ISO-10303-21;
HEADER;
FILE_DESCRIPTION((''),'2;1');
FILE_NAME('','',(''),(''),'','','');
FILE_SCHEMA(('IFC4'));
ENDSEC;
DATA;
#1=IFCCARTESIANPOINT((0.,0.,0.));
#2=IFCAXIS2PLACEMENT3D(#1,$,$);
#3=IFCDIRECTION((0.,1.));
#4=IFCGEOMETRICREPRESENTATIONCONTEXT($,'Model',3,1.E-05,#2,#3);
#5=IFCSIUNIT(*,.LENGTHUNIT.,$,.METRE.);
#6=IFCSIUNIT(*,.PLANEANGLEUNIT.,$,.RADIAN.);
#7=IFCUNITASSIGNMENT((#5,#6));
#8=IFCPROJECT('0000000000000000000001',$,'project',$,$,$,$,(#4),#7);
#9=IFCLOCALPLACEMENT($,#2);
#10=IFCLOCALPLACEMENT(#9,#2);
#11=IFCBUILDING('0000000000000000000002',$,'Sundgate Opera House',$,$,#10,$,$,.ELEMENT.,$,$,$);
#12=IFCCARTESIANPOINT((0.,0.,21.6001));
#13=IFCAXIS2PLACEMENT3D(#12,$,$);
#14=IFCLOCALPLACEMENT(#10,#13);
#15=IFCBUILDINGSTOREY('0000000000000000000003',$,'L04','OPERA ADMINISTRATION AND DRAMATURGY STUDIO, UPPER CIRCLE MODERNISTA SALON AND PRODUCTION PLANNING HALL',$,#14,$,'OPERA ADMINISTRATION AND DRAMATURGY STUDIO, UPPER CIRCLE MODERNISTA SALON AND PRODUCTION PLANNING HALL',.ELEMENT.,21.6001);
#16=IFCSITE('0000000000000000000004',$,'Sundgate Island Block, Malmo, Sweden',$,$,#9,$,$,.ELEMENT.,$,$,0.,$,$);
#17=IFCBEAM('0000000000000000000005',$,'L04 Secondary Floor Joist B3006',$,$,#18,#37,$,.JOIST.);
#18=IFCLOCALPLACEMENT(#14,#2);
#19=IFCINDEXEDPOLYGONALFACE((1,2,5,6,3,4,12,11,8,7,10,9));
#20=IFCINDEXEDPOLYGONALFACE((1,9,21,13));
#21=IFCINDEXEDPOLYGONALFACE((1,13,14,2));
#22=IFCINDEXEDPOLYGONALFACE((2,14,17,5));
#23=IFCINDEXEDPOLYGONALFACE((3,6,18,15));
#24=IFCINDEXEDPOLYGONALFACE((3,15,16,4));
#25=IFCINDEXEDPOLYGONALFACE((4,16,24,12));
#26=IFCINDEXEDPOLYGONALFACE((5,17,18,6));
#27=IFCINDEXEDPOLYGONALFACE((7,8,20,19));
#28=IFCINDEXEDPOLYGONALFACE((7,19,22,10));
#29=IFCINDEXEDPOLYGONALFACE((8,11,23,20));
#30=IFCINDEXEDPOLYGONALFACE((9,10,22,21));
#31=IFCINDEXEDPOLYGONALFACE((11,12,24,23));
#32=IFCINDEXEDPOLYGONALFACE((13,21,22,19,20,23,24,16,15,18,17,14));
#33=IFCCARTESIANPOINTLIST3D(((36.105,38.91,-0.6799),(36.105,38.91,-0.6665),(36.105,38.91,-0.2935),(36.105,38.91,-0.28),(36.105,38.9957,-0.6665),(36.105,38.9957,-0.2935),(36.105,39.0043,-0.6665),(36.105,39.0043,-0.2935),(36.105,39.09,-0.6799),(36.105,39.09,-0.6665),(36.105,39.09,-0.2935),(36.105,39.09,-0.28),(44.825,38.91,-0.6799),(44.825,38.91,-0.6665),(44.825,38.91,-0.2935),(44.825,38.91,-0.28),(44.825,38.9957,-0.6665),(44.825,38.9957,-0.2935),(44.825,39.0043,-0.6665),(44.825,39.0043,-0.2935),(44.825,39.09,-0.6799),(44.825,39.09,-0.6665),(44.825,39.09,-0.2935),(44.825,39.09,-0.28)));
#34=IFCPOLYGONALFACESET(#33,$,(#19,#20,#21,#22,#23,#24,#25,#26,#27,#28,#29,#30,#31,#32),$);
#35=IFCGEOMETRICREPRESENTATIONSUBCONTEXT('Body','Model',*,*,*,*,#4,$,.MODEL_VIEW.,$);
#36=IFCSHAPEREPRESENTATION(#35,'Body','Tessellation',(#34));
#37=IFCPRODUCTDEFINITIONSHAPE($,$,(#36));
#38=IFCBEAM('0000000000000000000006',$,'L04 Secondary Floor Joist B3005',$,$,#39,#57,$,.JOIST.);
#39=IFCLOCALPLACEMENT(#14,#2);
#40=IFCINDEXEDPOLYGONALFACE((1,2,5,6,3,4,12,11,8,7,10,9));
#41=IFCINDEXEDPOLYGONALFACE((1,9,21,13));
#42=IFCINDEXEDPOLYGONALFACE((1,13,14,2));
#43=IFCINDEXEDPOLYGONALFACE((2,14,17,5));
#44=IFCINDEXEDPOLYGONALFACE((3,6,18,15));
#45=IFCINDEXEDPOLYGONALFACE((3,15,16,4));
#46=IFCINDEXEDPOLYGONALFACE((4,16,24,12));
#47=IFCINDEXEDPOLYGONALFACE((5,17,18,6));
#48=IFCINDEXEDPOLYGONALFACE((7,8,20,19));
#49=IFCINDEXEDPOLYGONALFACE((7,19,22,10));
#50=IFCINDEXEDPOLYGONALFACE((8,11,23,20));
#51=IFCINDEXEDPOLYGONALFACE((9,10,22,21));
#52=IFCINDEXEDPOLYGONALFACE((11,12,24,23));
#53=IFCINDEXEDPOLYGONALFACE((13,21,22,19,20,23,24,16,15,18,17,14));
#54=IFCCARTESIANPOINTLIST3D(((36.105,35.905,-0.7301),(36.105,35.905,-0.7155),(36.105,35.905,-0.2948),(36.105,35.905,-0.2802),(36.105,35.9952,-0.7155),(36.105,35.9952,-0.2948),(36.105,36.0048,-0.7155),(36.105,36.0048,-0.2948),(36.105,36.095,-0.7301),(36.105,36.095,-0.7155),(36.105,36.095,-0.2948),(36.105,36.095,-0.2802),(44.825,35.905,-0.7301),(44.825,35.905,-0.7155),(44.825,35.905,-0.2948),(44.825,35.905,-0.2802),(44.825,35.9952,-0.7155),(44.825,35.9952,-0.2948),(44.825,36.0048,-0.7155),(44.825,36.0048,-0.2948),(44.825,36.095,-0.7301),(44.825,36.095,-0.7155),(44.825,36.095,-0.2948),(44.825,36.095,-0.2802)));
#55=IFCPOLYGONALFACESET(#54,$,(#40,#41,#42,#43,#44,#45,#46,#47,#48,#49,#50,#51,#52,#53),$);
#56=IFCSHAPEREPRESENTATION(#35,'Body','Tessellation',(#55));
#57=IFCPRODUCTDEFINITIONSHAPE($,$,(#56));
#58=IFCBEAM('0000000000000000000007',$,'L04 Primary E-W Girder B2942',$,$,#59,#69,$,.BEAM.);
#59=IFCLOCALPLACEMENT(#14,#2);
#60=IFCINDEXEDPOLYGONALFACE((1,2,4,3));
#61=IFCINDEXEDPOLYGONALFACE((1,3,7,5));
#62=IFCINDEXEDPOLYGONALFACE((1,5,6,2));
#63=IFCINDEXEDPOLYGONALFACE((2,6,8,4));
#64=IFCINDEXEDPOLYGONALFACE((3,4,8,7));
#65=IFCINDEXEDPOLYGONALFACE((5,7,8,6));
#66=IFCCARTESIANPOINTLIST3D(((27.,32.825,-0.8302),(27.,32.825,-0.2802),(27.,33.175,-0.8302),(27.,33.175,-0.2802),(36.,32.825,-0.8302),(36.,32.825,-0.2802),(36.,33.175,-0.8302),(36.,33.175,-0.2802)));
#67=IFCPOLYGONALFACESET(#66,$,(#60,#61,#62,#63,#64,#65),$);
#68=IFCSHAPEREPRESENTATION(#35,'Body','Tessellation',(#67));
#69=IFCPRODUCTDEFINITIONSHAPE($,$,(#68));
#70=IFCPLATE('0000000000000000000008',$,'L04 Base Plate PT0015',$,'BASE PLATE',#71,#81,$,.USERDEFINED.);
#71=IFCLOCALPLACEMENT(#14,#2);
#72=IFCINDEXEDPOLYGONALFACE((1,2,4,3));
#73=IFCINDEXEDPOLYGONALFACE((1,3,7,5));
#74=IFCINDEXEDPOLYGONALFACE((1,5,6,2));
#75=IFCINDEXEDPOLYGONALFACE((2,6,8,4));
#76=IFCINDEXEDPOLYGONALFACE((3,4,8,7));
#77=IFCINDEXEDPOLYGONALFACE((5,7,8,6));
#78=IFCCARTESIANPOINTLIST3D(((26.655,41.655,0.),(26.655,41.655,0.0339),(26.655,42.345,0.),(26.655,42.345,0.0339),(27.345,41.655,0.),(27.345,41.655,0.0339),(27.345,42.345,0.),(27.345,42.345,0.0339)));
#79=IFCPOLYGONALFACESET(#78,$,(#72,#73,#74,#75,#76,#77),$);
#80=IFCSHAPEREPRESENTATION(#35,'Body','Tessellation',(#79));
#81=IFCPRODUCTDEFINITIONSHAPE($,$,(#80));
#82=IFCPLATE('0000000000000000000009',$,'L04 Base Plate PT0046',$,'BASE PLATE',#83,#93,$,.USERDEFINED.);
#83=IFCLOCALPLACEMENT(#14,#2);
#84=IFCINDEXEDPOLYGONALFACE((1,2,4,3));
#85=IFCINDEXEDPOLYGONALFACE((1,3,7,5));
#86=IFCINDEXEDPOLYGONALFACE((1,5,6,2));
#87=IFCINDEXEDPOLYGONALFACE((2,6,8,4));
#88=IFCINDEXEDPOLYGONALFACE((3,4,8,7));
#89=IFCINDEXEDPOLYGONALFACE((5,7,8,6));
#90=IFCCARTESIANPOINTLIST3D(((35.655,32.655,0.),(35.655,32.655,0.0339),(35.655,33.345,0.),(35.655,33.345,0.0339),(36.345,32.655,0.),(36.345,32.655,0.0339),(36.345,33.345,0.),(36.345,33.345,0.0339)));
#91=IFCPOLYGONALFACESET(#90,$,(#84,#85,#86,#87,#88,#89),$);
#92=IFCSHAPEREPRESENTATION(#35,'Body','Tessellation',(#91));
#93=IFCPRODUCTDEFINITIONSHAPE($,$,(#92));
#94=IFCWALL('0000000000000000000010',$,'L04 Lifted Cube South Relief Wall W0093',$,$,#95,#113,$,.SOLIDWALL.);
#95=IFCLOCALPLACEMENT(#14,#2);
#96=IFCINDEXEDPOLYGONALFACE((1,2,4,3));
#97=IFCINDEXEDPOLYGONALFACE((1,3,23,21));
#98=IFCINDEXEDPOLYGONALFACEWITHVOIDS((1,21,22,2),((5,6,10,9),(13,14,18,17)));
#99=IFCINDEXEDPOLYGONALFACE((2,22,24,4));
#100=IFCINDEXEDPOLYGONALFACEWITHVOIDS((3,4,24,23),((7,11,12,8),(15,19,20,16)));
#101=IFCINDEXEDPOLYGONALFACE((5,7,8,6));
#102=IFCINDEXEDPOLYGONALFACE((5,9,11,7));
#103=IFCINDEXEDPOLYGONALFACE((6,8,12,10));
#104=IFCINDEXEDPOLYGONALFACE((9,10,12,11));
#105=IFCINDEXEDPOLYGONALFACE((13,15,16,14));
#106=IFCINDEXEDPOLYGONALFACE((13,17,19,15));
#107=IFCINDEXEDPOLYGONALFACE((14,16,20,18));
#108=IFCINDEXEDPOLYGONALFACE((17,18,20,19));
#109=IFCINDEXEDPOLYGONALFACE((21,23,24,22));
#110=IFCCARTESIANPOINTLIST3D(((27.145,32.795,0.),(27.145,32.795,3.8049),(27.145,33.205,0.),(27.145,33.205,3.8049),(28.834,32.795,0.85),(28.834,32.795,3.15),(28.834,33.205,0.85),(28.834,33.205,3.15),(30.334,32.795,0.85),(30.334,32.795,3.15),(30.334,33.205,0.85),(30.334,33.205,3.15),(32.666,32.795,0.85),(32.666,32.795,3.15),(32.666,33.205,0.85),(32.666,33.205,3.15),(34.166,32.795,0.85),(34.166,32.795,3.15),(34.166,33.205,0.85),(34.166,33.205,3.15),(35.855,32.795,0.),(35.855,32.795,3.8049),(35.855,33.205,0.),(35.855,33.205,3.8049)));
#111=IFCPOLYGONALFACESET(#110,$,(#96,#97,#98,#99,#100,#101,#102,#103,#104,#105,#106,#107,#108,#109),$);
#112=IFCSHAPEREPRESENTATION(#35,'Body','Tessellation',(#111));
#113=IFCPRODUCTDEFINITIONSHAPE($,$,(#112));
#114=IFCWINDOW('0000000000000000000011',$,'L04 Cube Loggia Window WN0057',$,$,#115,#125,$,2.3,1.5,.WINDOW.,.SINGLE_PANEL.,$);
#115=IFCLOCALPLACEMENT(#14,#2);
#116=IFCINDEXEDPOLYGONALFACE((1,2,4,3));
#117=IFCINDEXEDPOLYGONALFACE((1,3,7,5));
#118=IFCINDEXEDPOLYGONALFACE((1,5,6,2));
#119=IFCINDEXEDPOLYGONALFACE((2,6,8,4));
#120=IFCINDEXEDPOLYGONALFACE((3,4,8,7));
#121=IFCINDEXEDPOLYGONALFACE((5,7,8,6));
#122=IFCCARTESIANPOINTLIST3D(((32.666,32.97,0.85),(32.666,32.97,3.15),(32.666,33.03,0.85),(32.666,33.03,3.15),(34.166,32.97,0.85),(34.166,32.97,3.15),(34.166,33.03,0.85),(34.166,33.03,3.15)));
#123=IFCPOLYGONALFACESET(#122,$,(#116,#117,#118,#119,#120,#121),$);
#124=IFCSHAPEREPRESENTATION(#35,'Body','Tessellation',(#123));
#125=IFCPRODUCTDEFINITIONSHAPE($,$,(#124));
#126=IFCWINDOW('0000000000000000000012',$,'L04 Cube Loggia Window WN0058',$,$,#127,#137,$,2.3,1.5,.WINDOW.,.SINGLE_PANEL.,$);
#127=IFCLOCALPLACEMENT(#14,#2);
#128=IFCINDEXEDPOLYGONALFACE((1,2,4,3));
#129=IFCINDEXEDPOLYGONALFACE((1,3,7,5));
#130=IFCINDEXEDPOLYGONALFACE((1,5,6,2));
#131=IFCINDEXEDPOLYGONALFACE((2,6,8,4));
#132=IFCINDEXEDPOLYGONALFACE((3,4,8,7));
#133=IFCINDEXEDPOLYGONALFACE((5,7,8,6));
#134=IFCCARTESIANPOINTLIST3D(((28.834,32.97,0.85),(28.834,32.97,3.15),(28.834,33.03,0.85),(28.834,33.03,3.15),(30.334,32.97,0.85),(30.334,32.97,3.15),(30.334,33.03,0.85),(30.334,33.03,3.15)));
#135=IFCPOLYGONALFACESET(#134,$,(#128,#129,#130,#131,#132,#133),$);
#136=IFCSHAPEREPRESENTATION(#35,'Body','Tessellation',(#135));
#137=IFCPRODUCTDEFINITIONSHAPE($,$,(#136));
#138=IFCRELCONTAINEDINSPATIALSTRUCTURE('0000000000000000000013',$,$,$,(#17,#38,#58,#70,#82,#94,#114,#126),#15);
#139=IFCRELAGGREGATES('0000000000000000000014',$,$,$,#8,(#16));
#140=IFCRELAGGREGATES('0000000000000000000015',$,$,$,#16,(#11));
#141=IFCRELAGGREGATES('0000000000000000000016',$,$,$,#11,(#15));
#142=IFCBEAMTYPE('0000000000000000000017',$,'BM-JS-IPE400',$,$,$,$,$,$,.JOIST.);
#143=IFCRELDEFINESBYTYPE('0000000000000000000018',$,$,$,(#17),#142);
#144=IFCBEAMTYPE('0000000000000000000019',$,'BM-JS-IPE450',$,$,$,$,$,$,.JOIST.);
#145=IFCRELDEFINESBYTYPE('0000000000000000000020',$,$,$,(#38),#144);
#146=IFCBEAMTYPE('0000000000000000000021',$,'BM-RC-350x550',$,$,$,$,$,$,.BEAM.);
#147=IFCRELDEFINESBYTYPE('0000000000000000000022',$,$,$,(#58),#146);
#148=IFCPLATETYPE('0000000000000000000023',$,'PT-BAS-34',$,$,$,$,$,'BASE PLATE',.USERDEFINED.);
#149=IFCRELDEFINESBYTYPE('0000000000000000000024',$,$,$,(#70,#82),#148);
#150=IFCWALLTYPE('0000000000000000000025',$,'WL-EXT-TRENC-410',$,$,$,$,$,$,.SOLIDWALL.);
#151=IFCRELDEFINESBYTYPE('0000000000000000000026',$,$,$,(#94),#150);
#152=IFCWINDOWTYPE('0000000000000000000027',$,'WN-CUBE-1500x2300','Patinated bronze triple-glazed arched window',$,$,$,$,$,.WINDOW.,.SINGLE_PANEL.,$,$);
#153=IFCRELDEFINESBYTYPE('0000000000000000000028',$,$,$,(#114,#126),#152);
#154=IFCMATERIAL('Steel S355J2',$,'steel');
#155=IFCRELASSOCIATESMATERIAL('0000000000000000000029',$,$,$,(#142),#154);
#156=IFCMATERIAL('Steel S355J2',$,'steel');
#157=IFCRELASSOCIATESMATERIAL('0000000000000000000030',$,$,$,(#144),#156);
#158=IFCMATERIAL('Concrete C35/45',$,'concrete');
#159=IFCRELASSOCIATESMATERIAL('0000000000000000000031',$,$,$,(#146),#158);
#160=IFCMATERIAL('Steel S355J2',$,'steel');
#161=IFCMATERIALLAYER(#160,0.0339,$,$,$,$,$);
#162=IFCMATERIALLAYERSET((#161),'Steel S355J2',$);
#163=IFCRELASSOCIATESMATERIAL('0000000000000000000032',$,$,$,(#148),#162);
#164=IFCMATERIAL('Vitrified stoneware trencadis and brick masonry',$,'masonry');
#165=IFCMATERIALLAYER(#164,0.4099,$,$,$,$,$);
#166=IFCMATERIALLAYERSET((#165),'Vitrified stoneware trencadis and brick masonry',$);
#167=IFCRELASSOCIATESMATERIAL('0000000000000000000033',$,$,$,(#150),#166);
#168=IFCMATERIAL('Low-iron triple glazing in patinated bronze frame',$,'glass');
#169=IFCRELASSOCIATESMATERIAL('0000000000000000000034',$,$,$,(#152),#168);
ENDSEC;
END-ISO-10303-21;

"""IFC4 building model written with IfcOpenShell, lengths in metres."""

from ifc_helpers import new_model, si_unit, direction, frame, frame_2d, origin, origin_2d, place, context, subcontext, project, spatial, rectangle, i_section, extrude, material, layer, layer_set, material_profile, profile_set, type_object, element, fill, save


model = new_model("IFC4")

# Units and contexts
model_context = context("Model", 3, precision=1e-05, world=origin(), true_north=direction((0.0, 1.0)))
body_context = subcontext(model_context, "Body", "Model", "MODEL_VIEW")
ifc_project = project(units=[si_unit("LENGTHUNIT", "METRE"), si_unit("PLANEANGLEUNIT", "RADIAN")], contexts=[model_context])

# Site, building, storey
site_placement = place(None, origin())
site = spatial("IfcSite", under=ifc_project, at=site_placement, Name="Sundgate Island Block, Malmo, Sweden", CompositionType="ELEMENT", RefElevation=0.0)
building_placement = place(site_placement, origin())
building = spatial("IfcBuilding", under=site, at=building_placement, Name="Sundgate Opera House", CompositionType="ELEMENT")
storey_placement = place(building_placement, frame((0.0, 0.0, 21.6001)))
storey = spatial("IfcBuildingStorey", under=building, at=storey_placement, Name="L04", Description="OPERA ADMINISTRATION AND DRAMATURGY STUDIO, UPPER CIRCLE MODERNISTA SALON AND PRODUCTION PLANNING HALL", LongName="OPERA ADMINISTRATION AND DRAMATURGY STUDIO, UPPER CIRCLE MODERNISTA SALON AND PRODUCTION PLANNING HALL", CompositionType="ELEMENT", Elevation=21.6001)

# Beams
ifc_material_1 = material(Name="Steel S355J2", Category="steel")
ifc_material_profile_1 = material_profile(ifc_material_1, i_section(OverallWidth=0.1799, OverallDepth=0.3999, WebThickness=0.0085, FlangeThickness=0.0134, at=origin_2d()), Name="IPE 400")
ifc_profile_set_1 = profile_set([ifc_material_profile_1], Name="Steel S355J2")
beam_type_1 = type_object("IfcBeamType", Name="BM-JS-IPE400", PredefinedType="JOIST", material=ifc_profile_set_1)
beam_1_placement = place(storey_placement, frame((36.105, 39.0, -0.48), z_axis=(1.0, 0.0, 0.0), x_axis=(0.0, 1.0, 0.0)))
element("IfcBeam", 1, at=beam_1_placement, inside=storey, type_object=beam_type_1, Name="L04 Secondary Floor Joist B3006", PredefinedType="JOIST", context=body_context, shape_type="SweptSolid", body=[
    extrude(i_section(OverallWidth=0.1799, OverallDepth=0.3999, WebThickness=0.0085, FlangeThickness=0.0134, at=origin_2d()), origin(), (0.0, 0.0, 1.0), 8.72),
])
ifc_material_2 = material(Name="Steel S355J2", Category="steel")
ifc_material_profile_2 = material_profile(ifc_material_2, i_section(OverallWidth=0.1899, OverallDepth=0.45, WebThickness=0.0095, FlangeThickness=0.0146, at=origin_2d()), Name="IPE 450")
ifc_profile_set_2 = profile_set([ifc_material_profile_2], Name="Steel S355J2")
beam_type_2 = type_object("IfcBeamType", Name="BM-JS-IPE450", PredefinedType="JOIST", material=ifc_profile_set_2)
beam_2_placement = place(storey_placement, frame((36.105, 36.0, -0.5051), z_axis=(1.0, 0.0, 0.0), x_axis=(0.0, 1.0, 0.0)))
element("IfcBeam", 2, at=beam_2_placement, inside=storey, type_object=beam_type_2, Name="L04 Secondary Floor Joist B3005", PredefinedType="JOIST", context=body_context, shape_type="SweptSolid", body=[
    extrude(i_section(OverallWidth=0.1899, OverallDepth=0.45, WebThickness=0.0095, FlangeThickness=0.0146, at=origin_2d()), origin(), (0.0, 0.0, 1.0), 8.72),
])
ifc_material_3 = material(Name="Concrete C35/45", Category="concrete")
ifc_material_profile_3 = material_profile(ifc_material_3, rectangle(XDim=0.3501, YDim=0.55, at=origin_2d()), Name="RC 350x550")
ifc_profile_set_3 = profile_set([ifc_material_profile_3], Name="Concrete C35/45")
beam_type_3 = type_object("IfcBeamType", Name="BM-RC-350x550", PredefinedType="BEAM", material=ifc_profile_set_3)
beam_3_placement = place(storey_placement, frame((27.0, 33.0, -0.5552), z_axis=(1.0, 0.0, 0.0), x_axis=(0.0, 1.0, 0.0)))
element("IfcBeam", 3, at=beam_3_placement, inside=storey, type_object=beam_type_3, Name="L04 Primary E-W Girder B2942", PredefinedType="BEAM", context=body_context, shape_type="SweptSolid", body=[
    extrude(rectangle(XDim=0.3501, YDim=0.55, at=origin_2d()), origin(), (0.0, 0.0, 1.0), 9.0),
])

# Plates
ifc_material_4 = material(Name="Steel S355J2", Category="steel")
ifc_layer_1 = layer(ifc_material_4, 0.0339)
ifc_layer_set_1 = layer_set([ifc_layer_1], Name="Steel S355J2")
plate_type = type_object("IfcPlateType", Name="PT-BAS-34", ElementType="BASE PLATE", PredefinedType="USERDEFINED", material=ifc_layer_set_1)
for number, where, z_axis, x_axis, name in (
    (4, (27.0, 42.0, 0.0), (0.0, 0.0, 1.0), (1.0, 0.0, 0.0), "L04 Base Plate PT0015"),
    (5, (36.0, 33.0, 0.0), (0.0, 0.0, 1.0), (1.0, 0.0, 0.0), "L04 Base Plate PT0046"),
):
    element("IfcPlate", number, at=place(storey_placement, frame(where, z_axis=z_axis, x_axis=x_axis)), inside=storey, type_object=plate_type, Name=name, ObjectType="BASE PLATE", PredefinedType="USERDEFINED", context=body_context, shape_type="SweptSolid", body=[
        extrude(rectangle(XDim=0.6899, YDim=0.6899, at=origin_2d()), origin(), (0.0, 0.0, 1.0), 0.0339),
    ])

# Wall, openings, windows
ifc_material_5 = material(Name="Vitrified stoneware trencadis and brick masonry", Category="masonry")
ifc_layer_2 = layer(ifc_material_5, 0.4099)
ifc_layer_set_2 = layer_set([ifc_layer_2], Name="Vitrified stoneware trencadis and brick masonry")
wall_type = type_object("IfcWallType", Name="WL-EXT-TRENC-410", PredefinedType="SOLIDWALL", material=ifc_layer_set_2)
wall_1_placement = place(storey_placement, frame((35.855, 33.0, 0.0), z_axis=(0.0, 0.0, 1.0), x_axis=(-1.0, 0.0, 0.0)))
wall_1 = element("IfcWall", 6, at=wall_1_placement, inside=storey, type_object=wall_type, Name="L04 Lifted Cube South Relief Wall W0093", PredefinedType="SOLIDWALL", context=body_context, shape_type="SweptSolid", body=[
    extrude(rectangle(XDim=8.71, YDim=0.4099, at=frame_2d((4.355, 0.0))), origin(), (0.0, 0.0, 1.0), 3.8049),
])
opening_1_placement = place(wall_1_placement, frame((1.689, 0.0, 0.8501)))
opening_1 = element("IfcOpeningElement", 7, at=opening_1_placement, cuts=wall_1, PredefinedType="OPENING", context=body_context, shape_type="SweptSolid", body=[
    extrude(rectangle(XDim=1.5, YDim=2.3, at=frame_2d((0.75, 1.1499))), frame((0.0, 0.2148, 0.0), z_axis=(0.0, -1.0, 0.0), x_axis=(1.0, 0.0, 0.0)), (0.0, 0.0, 1.0), 0.4299),
])
opening_2_placement = place(wall_1_placement, frame((5.521, 0.0, 0.8501)))
opening_2 = element("IfcOpeningElement", 8, at=opening_2_placement, cuts=wall_1, PredefinedType="OPENING", context=body_context, shape_type="SweptSolid", body=[
    extrude(rectangle(XDim=1.5, YDim=2.3, at=frame_2d((0.75, 1.1499))), frame((0.0, 0.2148, 0.0), z_axis=(0.0, -1.0, 0.0), x_axis=(1.0, 0.0, 0.0)), (0.0, 0.0, 1.0), 0.4299),
])
ifc_material_6 = material(Name="Low-iron triple glazing in patinated bronze frame", Category="glass")
window_type = type_object("IfcWindowType", Name="WN-CUBE-1500x2300", Description="Patinated bronze triple-glazed arched window", PartitioningType="SINGLE_PANEL", PredefinedType="WINDOW", material=ifc_material_6)
window_1_placement = place(opening_1_placement, origin())
window_1 = element("IfcWindow", 9, at=window_1_placement, inside=storey, type_object=window_type, Name="L04 Cube Loggia Window WN0057", OverallHeight=2.3, OverallWidth=1.5, PartitioningType="SINGLE_PANEL", PredefinedType="WINDOW", context=body_context, shape_type="SweptSolid", body=[
    extrude(rectangle(XDim=1.5, YDim=2.3, at=frame_2d((0.75, 1.1499))), frame((0.0, 0.03, 0.0), z_axis=(0.0, -1.0, 0.0), x_axis=(1.0, 0.0, 0.0)), (0.0, 0.0, 1.0), 0.0601),
])
fill(opening_1, window_1)
window_2_placement = place(opening_2_placement, origin())
window_2 = element("IfcWindow", 10, at=window_2_placement, inside=storey, type_object=window_type, Name="L04 Cube Loggia Window WN0058", OverallHeight=2.3, OverallWidth=1.5, PartitioningType="SINGLE_PANEL", PredefinedType="WINDOW", context=body_context, shape_type="SweptSolid", body=[
    extrude(rectangle(XDim=1.5, YDim=2.3, at=frame_2d((0.75, 1.1499))), frame((0.0, 0.03, 0.0), z_axis=(0.0, -1.0, 0.0), x_axis=(1.0, 0.0, 0.0)), (0.0, 0.0, 1.0), 0.0601),
])
fill(opening_2, window_2)

save(model, "model.ifc")
